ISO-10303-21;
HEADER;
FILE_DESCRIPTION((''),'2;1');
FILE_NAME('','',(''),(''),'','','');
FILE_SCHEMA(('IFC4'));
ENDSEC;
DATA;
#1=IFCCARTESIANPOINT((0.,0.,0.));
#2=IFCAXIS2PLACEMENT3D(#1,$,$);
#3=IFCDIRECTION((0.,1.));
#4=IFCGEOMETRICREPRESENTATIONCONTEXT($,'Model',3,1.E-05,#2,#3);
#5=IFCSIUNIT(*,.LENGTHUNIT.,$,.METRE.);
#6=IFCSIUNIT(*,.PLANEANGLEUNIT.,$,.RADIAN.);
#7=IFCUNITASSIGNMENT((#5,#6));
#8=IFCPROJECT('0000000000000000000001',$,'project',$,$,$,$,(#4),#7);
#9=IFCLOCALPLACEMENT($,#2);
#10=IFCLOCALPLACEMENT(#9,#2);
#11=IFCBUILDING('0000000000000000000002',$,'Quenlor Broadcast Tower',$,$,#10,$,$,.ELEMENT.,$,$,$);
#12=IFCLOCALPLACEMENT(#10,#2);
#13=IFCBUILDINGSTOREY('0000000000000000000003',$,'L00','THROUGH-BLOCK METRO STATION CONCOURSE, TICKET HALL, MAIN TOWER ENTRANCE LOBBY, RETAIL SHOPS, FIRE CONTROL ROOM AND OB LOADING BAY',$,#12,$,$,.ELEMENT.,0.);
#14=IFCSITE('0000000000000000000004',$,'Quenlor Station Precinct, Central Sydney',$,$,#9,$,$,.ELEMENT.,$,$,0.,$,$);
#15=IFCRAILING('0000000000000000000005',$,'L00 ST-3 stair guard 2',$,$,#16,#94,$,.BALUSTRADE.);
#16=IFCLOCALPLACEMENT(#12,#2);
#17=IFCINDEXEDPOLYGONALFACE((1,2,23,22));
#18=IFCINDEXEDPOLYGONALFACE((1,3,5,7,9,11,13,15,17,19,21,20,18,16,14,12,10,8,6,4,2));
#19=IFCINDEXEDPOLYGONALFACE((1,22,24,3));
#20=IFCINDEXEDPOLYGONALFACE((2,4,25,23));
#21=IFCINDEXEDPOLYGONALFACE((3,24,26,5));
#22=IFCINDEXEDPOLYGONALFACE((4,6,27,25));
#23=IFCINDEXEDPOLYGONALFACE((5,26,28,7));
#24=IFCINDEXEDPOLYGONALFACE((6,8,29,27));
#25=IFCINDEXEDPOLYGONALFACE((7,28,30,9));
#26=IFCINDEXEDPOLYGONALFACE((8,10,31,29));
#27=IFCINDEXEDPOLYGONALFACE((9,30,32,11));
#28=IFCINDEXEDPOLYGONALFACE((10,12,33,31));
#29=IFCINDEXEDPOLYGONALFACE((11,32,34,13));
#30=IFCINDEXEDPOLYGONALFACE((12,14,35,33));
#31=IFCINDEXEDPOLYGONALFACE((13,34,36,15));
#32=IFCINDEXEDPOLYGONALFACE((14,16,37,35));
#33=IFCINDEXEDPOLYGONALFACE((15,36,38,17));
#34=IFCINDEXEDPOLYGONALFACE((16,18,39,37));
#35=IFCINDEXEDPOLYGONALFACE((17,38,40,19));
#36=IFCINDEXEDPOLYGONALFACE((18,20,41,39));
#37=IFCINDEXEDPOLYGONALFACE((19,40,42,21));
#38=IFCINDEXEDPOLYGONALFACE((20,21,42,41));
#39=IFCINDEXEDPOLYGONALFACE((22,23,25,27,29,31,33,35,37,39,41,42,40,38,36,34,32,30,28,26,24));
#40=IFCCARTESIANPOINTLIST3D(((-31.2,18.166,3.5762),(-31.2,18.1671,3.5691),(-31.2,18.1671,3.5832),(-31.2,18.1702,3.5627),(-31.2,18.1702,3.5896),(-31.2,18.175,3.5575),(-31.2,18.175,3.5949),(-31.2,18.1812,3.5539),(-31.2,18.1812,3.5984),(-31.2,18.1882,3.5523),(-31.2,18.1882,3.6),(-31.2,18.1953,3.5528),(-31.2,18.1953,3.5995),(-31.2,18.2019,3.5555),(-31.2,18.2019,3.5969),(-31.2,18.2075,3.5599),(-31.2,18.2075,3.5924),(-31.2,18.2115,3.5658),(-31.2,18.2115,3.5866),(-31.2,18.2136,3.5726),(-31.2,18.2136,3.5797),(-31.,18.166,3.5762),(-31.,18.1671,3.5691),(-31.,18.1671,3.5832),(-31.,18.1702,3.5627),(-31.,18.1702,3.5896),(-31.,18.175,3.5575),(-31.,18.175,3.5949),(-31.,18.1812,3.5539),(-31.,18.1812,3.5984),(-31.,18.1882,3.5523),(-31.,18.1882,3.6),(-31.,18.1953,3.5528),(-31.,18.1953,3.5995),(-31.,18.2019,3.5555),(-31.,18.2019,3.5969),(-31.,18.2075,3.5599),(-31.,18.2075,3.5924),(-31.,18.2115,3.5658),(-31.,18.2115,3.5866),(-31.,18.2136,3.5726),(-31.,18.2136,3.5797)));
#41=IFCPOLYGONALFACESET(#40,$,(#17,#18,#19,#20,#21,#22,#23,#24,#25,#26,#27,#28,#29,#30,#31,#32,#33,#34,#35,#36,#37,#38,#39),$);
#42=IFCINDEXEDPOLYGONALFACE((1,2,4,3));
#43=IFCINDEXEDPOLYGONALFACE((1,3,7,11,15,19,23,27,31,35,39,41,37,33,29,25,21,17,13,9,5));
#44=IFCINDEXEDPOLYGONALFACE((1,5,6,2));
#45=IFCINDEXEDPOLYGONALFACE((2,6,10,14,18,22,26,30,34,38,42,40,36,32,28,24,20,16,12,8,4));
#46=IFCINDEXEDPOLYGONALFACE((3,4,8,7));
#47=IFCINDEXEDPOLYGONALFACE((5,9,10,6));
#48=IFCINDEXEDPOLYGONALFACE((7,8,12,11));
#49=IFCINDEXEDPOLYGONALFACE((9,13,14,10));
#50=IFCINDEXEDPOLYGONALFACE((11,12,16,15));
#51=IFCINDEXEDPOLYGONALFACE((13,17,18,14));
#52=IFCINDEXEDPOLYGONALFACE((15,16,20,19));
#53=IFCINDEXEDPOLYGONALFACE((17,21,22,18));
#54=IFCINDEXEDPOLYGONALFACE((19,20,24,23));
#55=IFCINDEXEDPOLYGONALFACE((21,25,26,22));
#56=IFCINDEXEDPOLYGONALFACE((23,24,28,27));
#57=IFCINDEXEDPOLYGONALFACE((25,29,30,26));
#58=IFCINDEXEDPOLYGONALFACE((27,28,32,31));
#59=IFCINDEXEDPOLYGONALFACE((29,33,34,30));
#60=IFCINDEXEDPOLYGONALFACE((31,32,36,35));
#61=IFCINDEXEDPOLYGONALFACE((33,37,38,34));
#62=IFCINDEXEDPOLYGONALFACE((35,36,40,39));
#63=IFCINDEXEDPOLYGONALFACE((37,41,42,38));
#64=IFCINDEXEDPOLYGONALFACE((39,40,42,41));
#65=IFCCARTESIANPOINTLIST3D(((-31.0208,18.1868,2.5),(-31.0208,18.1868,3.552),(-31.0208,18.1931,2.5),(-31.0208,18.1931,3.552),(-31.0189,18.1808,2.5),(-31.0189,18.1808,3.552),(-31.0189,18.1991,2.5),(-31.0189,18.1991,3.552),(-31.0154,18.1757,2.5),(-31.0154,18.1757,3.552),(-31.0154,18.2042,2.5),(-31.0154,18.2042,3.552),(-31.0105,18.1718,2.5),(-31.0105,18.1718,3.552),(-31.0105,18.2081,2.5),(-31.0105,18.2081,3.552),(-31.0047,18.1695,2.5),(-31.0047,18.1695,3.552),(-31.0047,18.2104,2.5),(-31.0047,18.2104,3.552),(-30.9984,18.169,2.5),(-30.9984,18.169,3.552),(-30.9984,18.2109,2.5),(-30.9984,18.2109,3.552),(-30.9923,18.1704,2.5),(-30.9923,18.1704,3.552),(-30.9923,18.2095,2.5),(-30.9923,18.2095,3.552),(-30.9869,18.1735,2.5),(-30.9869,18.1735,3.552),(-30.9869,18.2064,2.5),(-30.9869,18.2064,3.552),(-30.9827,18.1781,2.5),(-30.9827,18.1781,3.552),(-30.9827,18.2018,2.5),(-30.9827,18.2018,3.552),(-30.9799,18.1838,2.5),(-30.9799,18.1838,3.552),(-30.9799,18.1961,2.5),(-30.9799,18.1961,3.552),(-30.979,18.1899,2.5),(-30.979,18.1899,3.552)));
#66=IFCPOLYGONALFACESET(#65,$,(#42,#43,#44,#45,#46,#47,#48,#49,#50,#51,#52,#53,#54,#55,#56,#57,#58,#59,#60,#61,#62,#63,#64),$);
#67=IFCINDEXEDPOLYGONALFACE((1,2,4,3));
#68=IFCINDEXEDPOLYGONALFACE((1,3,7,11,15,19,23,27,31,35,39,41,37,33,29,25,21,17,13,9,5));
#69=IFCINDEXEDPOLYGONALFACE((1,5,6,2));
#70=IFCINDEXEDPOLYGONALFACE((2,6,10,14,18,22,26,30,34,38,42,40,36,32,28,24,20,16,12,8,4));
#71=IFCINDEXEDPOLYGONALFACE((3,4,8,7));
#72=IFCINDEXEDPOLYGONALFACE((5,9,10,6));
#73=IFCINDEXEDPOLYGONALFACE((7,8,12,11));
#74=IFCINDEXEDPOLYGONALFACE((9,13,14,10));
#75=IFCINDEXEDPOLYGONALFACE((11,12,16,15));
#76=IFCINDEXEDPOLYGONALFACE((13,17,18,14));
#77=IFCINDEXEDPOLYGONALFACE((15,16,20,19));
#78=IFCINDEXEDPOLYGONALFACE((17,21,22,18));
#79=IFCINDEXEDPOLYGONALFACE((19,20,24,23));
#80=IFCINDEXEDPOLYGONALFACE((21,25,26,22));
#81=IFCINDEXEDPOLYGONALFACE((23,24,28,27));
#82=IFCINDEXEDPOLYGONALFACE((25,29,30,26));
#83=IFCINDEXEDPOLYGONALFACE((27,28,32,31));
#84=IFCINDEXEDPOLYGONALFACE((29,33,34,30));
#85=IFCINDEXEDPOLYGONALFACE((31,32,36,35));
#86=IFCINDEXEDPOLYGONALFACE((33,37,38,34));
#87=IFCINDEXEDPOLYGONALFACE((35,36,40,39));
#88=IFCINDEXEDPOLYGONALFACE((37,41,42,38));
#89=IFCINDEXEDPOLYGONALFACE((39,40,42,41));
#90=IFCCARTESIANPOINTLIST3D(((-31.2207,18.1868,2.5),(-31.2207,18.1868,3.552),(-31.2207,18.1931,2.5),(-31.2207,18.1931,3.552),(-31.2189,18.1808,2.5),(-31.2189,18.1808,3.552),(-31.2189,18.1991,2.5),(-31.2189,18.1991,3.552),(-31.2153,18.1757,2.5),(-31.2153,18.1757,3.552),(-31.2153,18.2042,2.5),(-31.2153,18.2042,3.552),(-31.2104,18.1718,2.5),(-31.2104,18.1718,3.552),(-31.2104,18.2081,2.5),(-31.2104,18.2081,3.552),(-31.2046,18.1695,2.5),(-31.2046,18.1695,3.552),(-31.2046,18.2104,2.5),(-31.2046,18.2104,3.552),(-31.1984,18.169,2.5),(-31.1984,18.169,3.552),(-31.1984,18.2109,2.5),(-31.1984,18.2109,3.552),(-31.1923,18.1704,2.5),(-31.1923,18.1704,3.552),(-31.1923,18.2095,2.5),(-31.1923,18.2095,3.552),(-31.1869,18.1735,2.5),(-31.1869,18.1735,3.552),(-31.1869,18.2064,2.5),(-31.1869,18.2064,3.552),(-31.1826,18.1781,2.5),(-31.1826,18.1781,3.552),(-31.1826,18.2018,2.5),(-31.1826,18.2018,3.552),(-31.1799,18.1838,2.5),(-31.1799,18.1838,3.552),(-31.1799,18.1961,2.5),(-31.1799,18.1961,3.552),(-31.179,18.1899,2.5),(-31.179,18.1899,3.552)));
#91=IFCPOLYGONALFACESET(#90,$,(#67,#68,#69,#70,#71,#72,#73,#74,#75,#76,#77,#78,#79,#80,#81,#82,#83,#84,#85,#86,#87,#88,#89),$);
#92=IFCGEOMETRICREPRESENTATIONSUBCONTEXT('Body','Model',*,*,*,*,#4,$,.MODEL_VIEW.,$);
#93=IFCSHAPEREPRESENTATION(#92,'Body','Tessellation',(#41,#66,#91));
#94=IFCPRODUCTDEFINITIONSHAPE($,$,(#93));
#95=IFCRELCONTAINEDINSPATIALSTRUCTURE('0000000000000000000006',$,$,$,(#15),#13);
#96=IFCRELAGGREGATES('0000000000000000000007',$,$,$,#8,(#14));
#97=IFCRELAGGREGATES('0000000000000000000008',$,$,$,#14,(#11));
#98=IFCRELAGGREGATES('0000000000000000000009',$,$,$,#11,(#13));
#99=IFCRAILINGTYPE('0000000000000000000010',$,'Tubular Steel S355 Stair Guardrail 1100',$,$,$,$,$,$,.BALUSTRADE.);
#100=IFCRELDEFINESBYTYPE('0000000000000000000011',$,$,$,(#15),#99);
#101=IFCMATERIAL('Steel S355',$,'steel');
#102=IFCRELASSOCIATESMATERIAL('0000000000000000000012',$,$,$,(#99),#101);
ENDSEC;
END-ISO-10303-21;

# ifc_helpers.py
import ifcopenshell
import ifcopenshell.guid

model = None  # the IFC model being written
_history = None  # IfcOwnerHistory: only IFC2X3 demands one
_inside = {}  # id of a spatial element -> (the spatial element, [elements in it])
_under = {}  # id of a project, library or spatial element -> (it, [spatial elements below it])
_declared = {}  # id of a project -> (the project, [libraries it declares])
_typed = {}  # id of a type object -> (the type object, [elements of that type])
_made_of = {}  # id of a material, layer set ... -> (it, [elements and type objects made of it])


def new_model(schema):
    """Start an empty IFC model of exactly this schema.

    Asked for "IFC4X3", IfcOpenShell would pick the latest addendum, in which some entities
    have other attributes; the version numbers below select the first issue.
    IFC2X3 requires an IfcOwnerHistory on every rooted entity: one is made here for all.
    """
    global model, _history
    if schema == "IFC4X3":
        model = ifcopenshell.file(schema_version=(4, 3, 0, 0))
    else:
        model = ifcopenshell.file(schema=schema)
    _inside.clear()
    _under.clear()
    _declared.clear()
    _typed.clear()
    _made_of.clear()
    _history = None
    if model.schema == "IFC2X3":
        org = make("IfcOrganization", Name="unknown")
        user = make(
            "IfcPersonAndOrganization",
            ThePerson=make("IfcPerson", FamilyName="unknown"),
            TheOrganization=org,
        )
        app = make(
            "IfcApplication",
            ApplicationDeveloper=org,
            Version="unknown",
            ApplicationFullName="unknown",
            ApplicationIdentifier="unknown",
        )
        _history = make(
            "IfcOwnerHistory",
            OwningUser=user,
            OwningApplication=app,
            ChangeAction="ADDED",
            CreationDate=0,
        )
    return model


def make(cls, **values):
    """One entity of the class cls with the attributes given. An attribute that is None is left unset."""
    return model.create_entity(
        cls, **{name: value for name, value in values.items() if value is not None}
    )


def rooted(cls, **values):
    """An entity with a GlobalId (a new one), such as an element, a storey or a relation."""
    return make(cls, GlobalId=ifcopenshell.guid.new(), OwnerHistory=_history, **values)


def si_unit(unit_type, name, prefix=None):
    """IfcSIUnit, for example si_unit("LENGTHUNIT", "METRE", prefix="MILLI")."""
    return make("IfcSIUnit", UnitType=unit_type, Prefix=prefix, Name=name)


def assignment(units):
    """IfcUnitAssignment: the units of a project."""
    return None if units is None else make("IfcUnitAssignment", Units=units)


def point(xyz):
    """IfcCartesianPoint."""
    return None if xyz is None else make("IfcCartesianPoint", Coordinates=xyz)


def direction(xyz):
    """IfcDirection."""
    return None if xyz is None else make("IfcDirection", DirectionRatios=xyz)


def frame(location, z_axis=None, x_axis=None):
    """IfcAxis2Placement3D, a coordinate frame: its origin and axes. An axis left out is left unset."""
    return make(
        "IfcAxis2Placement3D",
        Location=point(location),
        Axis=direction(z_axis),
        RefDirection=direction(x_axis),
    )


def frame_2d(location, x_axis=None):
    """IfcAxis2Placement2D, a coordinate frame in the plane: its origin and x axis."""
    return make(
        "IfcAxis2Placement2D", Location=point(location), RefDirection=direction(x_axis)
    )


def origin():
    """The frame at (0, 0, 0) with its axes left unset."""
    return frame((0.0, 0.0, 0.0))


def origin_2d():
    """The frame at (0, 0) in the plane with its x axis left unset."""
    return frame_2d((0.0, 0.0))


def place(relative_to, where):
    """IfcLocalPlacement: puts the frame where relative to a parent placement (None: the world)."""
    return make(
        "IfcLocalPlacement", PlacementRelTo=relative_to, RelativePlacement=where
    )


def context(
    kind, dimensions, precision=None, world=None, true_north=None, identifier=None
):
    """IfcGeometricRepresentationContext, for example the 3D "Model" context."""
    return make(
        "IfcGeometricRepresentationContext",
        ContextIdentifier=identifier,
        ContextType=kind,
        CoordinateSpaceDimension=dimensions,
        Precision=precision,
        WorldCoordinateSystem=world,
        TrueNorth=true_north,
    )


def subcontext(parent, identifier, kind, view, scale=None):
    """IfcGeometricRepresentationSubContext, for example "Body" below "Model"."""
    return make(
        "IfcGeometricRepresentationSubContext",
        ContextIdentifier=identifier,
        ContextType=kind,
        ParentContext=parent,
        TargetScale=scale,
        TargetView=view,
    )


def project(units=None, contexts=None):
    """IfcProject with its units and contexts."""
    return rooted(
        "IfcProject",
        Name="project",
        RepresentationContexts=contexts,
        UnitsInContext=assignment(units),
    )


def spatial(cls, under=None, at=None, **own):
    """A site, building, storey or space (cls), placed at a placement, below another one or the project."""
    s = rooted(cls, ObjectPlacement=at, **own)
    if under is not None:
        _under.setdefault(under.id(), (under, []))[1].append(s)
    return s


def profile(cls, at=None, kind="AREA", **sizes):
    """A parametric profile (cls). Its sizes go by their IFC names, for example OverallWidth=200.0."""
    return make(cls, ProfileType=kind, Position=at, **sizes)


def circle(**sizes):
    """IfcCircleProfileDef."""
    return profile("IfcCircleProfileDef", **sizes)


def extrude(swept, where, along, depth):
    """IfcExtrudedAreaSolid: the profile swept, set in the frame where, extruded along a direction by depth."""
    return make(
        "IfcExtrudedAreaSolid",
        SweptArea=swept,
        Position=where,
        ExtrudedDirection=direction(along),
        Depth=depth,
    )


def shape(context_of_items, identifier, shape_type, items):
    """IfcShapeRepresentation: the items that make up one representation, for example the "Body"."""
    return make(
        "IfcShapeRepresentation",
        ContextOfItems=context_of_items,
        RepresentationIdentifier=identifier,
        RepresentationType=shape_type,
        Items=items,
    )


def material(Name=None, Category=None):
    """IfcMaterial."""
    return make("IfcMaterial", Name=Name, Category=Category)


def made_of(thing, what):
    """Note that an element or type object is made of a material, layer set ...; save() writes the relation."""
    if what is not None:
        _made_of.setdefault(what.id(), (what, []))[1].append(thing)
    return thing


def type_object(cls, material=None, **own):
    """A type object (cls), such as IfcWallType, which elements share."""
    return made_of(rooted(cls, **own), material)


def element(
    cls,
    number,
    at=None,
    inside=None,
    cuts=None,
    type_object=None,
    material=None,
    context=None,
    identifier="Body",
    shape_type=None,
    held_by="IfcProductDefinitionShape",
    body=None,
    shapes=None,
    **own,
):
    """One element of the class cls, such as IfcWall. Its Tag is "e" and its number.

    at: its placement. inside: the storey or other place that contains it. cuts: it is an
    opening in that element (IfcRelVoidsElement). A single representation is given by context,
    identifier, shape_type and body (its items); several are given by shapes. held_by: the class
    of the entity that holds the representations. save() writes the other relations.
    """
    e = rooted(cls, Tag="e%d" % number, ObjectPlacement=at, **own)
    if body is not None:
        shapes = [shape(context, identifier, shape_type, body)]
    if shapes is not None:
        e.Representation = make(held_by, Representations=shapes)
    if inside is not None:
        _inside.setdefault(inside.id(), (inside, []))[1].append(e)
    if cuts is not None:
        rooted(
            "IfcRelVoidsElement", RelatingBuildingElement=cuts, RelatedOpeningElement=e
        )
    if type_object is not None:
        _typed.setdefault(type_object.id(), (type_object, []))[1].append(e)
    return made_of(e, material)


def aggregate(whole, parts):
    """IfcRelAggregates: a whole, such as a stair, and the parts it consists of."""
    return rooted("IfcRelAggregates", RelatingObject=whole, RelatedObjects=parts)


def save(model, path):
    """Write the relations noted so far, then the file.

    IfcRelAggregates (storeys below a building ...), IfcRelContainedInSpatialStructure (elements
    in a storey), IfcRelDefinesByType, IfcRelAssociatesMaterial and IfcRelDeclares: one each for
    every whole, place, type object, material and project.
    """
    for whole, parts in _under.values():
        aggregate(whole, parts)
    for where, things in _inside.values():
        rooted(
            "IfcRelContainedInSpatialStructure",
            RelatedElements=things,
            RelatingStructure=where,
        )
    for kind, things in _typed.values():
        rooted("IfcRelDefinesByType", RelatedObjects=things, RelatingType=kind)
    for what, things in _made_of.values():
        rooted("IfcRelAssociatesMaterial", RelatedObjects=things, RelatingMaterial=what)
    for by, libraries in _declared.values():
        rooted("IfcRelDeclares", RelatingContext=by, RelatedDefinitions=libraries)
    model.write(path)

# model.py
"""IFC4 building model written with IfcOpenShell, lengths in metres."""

from ifc_helpers import new_model, si_unit, direction, frame, origin, origin_2d, place, context, subcontext, project, spatial, circle, extrude, material, type_object, element, save


model = new_model("IFC4")

# Units and contexts
model_context = context("Model", 3, precision=1e-05, world=origin(), true_north=direction((0.0, 1.0)))
body_context = subcontext(model_context, "Body", "Model", "MODEL_VIEW")
ifc_project = project(units=[si_unit("LENGTHUNIT", "METRE"), si_unit("PLANEANGLEUNIT", "RADIAN")], contexts=[model_context])

# Site, building, storey
site_placement = place(None, origin())
site = spatial("IfcSite", under=ifc_project, at=site_placement, Name="Quenlor Station Precinct, Central Sydney", CompositionType="ELEMENT", RefElevation=0.0)
building_placement = place(site_placement, origin())
building = spatial("IfcBuilding", under=site, at=building_placement, Name="Quenlor Broadcast Tower", CompositionType="ELEMENT")
storey_placement = place(building_placement, origin())
storey = spatial("IfcBuildingStorey", under=building, at=storey_placement, Name="L00", Description="THROUGH-BLOCK METRO STATION CONCOURSE, TICKET HALL, MAIN TOWER ENTRANCE LOBBY, RETAIL SHOPS, FIRE CONTROL ROOM AND OB LOADING BAY", CompositionType="ELEMENT", Elevation=0.0)

# Railing
ifc_material_1 = material(Name="Steel S355", Category="steel")
railing_type_1 = type_object("IfcRailingType", Name="Tubular Steel S355 Stair Guardrail 1100", PredefinedType="BALUSTRADE", material=ifc_material_1)
railing_1_placement = place(storey_placement, frame((-31.0, 18.1899, 2.5)))
element("IfcRailing", 1, at=railing_1_placement, inside=storey, type_object=railing_type_1, Name="L00 ST-3 stair guard 2", PredefinedType="BALUSTRADE", context=body_context, shape_type="SweptSolid", body=[
    extrude(circle(Radius=0.0239, at=origin_2d()), frame((0.0, 0.0, 1.0762), z_axis=(-1.0, 0.0, 0.0), x_axis=(0.0, -1.0, 0.0)), (0.0, 0.0, 1.0), 0.2),
    extrude(circle(Radius=0.021, at=origin_2d()), origin(), (0.0, 0.0, 1.0), 1.052),
    extrude(circle(Radius=0.021, at=origin_2d()), frame((-0.2, 0.0, 0.0)), (0.0, 0.0, 1.0), 1.052),
])

save(model, "model.ifc")
